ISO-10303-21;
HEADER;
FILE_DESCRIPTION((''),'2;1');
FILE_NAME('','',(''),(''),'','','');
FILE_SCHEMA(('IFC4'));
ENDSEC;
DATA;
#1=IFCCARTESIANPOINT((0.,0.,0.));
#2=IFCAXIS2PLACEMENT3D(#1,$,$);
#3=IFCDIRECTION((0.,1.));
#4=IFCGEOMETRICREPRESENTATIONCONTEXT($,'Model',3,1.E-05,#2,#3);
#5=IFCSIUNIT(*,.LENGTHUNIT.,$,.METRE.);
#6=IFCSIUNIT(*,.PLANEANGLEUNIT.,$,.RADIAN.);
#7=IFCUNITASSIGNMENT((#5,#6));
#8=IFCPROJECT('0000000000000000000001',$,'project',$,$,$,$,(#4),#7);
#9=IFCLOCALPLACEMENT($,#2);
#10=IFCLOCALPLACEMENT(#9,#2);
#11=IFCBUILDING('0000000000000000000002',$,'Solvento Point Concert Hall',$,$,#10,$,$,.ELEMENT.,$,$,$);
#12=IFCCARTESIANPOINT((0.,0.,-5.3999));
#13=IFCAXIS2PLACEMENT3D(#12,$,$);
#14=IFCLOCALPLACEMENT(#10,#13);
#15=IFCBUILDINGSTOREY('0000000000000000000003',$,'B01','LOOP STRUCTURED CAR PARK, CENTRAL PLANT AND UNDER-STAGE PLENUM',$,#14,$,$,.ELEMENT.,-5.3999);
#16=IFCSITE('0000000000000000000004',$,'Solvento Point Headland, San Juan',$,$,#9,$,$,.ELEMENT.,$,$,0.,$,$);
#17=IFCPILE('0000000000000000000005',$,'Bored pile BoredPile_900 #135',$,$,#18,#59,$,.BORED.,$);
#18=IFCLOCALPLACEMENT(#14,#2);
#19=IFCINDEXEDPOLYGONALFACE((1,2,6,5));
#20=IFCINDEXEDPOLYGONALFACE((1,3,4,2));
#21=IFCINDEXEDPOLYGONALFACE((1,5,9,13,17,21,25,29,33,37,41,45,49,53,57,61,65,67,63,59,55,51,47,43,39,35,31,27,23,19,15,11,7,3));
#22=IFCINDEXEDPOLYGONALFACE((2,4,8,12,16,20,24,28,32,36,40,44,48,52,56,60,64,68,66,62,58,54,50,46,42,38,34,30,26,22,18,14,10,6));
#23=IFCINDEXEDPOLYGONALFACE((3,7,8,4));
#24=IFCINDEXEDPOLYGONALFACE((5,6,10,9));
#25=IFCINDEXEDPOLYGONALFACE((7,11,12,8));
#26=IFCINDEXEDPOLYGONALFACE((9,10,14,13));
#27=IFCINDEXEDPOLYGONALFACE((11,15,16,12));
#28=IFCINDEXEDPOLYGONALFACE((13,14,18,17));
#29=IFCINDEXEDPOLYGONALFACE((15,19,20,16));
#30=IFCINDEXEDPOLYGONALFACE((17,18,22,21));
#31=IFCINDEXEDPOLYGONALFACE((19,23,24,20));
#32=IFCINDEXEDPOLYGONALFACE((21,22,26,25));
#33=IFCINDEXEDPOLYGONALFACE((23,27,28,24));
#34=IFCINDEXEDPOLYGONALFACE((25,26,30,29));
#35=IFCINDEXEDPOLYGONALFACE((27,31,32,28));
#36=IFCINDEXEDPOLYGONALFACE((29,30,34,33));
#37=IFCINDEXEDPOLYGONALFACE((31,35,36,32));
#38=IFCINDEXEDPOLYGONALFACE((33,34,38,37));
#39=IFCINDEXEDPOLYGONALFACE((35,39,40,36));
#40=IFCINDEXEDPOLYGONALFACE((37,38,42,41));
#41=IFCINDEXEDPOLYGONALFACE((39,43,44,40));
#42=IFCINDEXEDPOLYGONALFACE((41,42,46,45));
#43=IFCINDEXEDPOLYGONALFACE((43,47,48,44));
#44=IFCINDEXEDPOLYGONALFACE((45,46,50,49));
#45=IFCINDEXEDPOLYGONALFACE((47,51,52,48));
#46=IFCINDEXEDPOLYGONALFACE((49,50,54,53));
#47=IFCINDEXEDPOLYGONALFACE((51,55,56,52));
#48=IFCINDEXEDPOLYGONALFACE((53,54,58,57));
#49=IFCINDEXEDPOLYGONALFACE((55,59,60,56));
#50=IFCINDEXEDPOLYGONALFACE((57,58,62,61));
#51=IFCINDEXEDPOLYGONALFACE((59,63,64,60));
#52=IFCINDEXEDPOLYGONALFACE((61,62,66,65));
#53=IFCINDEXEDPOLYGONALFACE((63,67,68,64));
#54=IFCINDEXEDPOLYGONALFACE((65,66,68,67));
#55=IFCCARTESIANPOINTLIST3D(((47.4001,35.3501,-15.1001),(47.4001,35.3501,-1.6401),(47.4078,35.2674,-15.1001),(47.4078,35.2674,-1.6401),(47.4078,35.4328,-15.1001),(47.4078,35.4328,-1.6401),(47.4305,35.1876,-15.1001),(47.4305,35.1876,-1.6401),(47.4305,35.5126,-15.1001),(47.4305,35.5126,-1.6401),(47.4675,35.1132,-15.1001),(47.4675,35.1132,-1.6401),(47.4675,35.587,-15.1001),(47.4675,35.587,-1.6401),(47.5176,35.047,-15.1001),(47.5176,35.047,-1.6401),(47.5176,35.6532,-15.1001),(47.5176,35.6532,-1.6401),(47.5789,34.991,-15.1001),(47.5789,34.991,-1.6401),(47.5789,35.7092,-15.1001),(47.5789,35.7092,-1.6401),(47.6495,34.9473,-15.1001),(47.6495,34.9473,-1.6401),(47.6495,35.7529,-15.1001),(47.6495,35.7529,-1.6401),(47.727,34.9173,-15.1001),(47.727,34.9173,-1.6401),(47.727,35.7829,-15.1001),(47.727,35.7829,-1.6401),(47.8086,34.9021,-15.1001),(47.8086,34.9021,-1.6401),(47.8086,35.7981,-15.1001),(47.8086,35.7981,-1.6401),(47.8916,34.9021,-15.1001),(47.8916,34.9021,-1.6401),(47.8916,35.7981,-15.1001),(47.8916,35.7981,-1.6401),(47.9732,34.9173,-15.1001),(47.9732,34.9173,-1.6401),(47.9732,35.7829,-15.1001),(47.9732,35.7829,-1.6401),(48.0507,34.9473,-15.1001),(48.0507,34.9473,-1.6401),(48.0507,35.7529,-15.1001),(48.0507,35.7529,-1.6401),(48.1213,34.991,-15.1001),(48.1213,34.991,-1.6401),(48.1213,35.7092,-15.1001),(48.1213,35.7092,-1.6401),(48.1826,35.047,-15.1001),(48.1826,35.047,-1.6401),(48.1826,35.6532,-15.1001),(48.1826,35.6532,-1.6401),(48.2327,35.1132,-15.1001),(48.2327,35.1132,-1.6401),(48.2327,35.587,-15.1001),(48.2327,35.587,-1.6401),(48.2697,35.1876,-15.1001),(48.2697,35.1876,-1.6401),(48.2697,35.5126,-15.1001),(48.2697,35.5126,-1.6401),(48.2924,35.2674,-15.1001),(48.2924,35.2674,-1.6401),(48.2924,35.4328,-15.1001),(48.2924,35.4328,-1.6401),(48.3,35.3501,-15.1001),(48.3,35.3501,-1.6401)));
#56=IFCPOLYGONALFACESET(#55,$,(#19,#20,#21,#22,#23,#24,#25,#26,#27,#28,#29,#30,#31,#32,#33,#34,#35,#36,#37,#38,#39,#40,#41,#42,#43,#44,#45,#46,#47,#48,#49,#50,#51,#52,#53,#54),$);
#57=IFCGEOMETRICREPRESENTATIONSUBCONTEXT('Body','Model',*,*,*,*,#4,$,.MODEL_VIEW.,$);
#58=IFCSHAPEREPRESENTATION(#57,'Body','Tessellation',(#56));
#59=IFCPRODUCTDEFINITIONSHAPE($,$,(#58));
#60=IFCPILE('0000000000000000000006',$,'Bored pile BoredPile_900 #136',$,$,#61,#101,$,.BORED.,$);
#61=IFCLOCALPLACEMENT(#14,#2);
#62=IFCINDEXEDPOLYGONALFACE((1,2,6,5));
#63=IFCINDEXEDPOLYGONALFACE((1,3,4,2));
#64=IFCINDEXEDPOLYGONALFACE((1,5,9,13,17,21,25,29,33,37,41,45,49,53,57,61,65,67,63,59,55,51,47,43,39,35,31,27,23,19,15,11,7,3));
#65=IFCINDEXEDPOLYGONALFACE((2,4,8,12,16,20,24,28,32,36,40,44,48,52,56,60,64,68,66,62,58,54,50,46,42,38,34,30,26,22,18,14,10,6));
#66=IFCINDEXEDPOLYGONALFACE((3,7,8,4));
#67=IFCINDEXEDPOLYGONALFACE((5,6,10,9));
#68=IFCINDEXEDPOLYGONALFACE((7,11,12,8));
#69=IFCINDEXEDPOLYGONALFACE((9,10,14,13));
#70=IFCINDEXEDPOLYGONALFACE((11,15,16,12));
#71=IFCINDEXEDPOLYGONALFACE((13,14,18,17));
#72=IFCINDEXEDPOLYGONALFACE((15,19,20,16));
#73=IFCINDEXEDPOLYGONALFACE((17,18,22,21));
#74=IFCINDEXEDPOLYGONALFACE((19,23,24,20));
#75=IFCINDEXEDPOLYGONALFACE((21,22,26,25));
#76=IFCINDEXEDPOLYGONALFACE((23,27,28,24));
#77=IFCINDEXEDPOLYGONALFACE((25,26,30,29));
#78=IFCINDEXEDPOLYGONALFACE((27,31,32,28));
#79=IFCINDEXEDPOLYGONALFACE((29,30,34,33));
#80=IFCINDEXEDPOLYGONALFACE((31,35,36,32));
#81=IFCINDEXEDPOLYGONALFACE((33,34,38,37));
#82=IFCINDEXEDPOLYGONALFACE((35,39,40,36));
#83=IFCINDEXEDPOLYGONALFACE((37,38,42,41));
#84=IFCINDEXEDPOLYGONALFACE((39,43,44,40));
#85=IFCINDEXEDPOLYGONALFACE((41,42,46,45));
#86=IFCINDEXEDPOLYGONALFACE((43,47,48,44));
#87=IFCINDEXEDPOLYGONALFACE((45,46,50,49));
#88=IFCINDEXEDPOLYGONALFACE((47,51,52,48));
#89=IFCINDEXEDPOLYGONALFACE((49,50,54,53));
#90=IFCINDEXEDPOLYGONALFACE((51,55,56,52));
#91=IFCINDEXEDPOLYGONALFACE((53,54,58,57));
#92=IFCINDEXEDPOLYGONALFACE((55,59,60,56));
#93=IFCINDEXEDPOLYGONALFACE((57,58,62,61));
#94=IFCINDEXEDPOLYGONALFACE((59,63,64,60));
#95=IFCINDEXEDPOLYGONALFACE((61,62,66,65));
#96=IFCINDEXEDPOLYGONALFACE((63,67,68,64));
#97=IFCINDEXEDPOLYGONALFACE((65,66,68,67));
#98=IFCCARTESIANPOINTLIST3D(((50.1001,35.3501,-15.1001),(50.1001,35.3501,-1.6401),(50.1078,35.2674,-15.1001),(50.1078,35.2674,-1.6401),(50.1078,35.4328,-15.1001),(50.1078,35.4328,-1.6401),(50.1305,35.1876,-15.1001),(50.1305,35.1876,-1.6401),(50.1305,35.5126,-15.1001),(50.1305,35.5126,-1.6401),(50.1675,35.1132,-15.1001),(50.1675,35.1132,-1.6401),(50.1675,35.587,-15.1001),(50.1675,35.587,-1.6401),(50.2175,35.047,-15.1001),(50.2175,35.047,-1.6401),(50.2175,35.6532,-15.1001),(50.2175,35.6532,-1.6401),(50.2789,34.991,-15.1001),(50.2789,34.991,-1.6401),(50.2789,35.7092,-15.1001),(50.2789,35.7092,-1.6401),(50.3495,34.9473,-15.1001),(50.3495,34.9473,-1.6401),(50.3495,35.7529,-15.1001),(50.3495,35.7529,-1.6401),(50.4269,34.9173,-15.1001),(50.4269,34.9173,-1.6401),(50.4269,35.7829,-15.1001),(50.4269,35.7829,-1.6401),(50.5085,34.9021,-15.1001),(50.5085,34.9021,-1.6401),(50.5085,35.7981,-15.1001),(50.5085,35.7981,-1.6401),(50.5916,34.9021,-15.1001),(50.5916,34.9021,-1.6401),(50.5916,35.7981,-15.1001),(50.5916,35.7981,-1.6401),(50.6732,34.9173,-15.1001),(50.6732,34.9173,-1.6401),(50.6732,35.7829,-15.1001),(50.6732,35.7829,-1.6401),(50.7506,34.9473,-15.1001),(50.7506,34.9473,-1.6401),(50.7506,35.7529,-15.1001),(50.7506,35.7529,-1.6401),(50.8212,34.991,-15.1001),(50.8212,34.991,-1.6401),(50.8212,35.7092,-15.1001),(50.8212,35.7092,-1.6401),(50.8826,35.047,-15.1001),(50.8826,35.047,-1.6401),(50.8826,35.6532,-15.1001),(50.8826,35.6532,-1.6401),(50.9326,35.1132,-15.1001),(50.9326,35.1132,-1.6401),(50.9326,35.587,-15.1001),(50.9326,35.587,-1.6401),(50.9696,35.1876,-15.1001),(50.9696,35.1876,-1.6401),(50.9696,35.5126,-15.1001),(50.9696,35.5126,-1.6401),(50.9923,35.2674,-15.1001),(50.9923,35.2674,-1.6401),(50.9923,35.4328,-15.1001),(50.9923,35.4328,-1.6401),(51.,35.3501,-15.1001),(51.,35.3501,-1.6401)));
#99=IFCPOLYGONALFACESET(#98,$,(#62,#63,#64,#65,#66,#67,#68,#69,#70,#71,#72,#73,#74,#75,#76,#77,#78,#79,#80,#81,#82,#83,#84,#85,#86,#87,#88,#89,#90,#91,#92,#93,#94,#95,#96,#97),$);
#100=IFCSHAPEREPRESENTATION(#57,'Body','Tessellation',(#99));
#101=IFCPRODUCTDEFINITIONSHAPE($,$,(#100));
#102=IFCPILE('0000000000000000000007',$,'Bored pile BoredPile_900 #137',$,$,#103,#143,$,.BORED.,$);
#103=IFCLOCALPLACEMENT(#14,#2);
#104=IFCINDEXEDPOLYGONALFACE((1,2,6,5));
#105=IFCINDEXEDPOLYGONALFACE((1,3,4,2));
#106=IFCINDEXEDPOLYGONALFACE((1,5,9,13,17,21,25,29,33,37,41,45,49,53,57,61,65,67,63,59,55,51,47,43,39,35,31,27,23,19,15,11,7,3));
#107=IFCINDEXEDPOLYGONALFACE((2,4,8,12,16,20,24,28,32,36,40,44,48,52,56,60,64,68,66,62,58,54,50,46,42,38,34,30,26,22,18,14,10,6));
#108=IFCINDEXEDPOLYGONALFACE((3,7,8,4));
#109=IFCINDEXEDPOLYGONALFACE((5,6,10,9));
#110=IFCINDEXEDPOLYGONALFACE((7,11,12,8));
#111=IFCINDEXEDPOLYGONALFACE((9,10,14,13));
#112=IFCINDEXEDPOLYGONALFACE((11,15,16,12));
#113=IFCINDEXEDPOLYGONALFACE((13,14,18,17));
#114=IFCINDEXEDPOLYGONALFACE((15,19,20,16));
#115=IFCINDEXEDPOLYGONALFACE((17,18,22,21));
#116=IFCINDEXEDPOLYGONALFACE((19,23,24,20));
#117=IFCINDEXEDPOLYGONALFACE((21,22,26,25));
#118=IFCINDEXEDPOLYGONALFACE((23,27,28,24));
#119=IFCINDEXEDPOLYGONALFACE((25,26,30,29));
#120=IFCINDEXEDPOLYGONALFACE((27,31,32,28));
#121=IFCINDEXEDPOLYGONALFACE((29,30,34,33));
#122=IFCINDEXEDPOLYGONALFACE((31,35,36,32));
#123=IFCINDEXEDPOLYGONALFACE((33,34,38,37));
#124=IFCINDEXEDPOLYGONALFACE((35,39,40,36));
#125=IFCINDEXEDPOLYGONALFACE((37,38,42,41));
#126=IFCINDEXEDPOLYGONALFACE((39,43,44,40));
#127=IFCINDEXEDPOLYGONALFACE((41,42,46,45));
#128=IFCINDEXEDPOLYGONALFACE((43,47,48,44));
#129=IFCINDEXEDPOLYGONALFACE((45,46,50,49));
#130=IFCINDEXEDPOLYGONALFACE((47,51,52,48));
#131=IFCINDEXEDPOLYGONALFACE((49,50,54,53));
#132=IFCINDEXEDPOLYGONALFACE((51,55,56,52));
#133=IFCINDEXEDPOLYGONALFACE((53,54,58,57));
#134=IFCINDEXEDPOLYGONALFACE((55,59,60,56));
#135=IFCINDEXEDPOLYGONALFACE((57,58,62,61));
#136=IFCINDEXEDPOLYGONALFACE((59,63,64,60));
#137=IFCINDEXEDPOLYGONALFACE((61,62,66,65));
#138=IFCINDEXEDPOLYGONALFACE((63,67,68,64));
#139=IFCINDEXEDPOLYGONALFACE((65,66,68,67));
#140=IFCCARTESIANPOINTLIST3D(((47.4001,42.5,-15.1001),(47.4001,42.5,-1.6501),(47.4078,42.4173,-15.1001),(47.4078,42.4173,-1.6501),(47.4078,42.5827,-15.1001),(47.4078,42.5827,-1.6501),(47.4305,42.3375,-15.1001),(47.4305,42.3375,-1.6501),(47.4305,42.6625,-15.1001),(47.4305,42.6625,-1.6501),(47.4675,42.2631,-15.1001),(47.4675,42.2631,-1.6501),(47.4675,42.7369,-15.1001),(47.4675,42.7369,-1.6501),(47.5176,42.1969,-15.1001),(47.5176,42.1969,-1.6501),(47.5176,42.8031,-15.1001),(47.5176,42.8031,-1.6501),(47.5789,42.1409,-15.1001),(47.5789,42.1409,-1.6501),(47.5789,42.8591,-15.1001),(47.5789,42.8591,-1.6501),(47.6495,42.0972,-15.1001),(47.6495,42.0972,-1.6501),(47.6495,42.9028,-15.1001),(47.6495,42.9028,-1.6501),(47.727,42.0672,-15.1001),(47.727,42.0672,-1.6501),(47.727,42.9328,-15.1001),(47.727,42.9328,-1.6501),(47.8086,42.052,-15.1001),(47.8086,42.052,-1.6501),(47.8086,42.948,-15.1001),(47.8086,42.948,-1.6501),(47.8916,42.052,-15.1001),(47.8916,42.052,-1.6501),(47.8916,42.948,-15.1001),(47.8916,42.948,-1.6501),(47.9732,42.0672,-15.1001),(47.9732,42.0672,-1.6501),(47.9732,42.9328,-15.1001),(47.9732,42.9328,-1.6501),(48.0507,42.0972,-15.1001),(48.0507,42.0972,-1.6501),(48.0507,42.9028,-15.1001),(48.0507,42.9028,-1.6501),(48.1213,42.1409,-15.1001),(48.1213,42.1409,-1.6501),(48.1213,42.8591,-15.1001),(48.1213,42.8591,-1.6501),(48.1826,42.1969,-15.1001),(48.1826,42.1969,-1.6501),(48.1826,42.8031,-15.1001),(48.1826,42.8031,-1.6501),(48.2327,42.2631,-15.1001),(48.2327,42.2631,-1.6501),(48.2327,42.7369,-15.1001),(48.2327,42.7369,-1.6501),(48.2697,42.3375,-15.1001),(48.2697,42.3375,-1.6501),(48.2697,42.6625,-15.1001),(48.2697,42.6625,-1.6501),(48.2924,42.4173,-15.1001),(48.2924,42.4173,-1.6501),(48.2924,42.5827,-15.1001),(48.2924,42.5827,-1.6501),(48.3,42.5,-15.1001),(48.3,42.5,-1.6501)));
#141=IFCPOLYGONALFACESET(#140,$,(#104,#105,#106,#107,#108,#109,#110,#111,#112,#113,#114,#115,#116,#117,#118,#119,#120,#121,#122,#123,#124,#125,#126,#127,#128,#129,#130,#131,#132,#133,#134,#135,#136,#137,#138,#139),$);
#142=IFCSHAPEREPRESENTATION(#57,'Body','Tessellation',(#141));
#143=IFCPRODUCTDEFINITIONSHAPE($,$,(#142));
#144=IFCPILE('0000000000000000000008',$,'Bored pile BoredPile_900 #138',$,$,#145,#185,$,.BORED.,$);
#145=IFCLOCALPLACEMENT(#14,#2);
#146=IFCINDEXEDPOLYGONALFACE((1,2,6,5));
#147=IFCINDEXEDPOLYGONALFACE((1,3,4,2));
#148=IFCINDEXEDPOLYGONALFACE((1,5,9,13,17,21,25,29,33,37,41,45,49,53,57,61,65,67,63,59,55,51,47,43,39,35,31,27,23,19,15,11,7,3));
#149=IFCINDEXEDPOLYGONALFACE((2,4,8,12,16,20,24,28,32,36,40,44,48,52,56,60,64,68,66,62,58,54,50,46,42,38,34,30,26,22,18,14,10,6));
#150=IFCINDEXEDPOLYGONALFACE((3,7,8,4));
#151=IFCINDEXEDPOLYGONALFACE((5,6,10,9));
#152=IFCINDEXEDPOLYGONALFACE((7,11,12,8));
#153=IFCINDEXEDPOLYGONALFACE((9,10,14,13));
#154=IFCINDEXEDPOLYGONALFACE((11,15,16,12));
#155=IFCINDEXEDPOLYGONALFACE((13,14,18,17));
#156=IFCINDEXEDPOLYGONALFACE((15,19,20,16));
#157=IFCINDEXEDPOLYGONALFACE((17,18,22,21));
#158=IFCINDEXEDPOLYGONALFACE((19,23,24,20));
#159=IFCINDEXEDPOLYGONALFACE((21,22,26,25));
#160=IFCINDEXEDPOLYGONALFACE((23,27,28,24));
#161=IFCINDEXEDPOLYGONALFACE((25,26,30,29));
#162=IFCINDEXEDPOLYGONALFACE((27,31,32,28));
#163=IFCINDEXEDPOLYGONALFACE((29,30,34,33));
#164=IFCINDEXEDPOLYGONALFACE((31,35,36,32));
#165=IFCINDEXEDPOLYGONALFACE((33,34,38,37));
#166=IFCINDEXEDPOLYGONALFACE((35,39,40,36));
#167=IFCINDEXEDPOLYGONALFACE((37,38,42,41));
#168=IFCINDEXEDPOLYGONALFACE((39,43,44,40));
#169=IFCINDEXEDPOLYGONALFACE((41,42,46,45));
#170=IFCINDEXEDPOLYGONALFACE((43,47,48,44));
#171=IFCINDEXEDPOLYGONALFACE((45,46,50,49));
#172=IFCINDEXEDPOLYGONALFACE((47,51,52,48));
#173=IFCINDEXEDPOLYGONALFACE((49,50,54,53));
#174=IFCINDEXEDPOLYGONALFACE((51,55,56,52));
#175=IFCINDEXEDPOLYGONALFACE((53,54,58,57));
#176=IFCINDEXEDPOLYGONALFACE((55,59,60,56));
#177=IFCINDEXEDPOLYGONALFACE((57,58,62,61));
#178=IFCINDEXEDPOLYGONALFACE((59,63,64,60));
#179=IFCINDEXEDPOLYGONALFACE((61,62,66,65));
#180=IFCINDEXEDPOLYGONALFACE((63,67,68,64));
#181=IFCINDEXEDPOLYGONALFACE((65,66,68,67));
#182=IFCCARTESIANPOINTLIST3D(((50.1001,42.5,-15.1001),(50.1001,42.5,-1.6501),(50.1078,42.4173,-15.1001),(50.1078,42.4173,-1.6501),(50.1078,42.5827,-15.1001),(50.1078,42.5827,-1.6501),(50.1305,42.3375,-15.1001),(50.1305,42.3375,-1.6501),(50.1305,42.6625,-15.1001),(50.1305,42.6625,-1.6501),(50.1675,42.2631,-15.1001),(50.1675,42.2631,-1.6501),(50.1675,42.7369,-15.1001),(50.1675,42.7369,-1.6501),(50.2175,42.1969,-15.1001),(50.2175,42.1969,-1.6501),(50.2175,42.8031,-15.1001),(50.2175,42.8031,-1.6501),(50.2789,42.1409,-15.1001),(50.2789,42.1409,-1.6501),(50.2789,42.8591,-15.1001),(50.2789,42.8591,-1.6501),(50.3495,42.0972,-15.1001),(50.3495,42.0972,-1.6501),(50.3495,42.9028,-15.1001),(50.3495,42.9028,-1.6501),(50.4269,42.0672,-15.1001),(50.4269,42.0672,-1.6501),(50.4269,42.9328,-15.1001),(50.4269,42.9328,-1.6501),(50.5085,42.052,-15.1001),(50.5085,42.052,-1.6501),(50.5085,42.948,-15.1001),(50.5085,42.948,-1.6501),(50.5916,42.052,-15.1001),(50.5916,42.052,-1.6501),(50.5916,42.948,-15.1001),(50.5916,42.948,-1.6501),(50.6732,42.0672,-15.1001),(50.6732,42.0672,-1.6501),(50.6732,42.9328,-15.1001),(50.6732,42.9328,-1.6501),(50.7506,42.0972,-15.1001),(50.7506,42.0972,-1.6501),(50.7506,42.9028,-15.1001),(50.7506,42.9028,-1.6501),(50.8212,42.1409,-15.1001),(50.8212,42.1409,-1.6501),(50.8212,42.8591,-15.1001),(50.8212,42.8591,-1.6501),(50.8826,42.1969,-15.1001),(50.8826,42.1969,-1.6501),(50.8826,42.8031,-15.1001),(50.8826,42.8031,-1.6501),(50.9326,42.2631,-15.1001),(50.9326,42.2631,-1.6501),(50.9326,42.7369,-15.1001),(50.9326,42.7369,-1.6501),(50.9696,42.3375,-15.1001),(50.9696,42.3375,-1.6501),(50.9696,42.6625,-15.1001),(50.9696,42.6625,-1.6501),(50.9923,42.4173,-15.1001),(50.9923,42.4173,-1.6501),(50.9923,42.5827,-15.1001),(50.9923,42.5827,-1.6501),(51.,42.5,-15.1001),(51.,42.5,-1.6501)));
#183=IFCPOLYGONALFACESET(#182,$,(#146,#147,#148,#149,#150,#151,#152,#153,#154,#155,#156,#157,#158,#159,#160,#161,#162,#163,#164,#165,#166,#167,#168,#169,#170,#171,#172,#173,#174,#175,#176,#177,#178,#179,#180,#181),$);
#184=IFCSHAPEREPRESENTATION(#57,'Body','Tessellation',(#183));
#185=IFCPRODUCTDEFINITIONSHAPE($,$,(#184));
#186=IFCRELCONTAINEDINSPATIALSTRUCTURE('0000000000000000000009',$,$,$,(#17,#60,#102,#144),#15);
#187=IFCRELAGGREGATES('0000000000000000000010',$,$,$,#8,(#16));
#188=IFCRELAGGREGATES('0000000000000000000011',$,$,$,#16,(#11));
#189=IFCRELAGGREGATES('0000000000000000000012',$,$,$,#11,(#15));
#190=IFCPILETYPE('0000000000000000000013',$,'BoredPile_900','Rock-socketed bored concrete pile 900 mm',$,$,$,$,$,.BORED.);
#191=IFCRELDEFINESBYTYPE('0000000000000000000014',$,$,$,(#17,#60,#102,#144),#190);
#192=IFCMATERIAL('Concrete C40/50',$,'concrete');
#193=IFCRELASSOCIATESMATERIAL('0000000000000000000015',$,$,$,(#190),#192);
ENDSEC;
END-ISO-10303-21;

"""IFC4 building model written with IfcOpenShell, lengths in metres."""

from ifc_helpers import new_model, si_unit, direction, frame, origin, origin_2d, place, context, subcontext, project, spatial, circle, extrude, material, material_profile, profile_set, type_object, element, save


model = new_model("IFC4")

# Units and contexts
model_context = context("Model", 3, precision=1e-05, world=origin(), true_north=direction((0.0, 1.0)))
body_context = subcontext(model_context, "Body", "Model", "MODEL_VIEW")
ifc_project = project(units=[si_unit("LENGTHUNIT", "METRE"), si_unit("PLANEANGLEUNIT", "RADIAN")], contexts=[model_context])

# Site, building, storey
site_placement = place(None, origin())
site = spatial("IfcSite", under=ifc_project, at=site_placement, Name="Solvento Point Headland, San Juan", CompositionType="ELEMENT", RefElevation=0.0)
building_placement = place(site_placement, origin())
building = spatial("IfcBuilding", under=site, at=building_placement, Name="Solvento Point Concert Hall", CompositionType="ELEMENT")
storey_placement = place(building_placement, frame((0.0, 0.0, -5.3999)))
storey = spatial("IfcBuildingStorey", under=building, at=storey_placement, Name="B01", Description="LOOP STRUCTURED CAR PARK, CENTRAL PLANT AND UNDER-STAGE PLENUM", CompositionType="ELEMENT", Elevation=-5.3999)

# Piles
ifc_material_1 = material(Name="Concrete C40/50", Category="concrete")
ifc_material_profile_1 = material_profile(ifc_material_1, circle(Radius=0.45, at=origin_2d()), Name="BP-900")
ifc_profile_set_1 = profile_set([ifc_material_profile_1], Name="Concrete C40/50")
pile_type_1 = type_object("IfcPileType", Name="BoredPile_900", Description="Rock-socketed bored concrete pile 900 mm", PredefinedType="BORED", material=ifc_profile_set_1)
for number, where, z_axis, x_axis, name in (
    (1, (47.8501, 35.3501, -1.6401), (0.0, 0.0, -1.0), (1.0, 0.0, 0.0), "Bored pile BoredPile_900 #135"),
    (2, (50.55, 35.3501, -1.6401), (0.0, 0.0, -1.0), (1.0, 0.0, 0.0), "Bored pile BoredPile_900 #136"),
):
    element("IfcPile", number, at=place(storey_placement, frame(where, z_axis=z_axis, x_axis=x_axis)), inside=storey, type_object=pile_type_1, Name=name, PredefinedType="BORED", context=body_context, shape_type="SweptSolid", body=[
        extrude(circle(Radius=0.45, at=origin_2d()), origin(), (0.0, 0.0, 1.0), 13.46),
    ])
for number, where, z_axis, x_axis, name in (
    (3, (47.8501, 42.5, -1.6501), (0.0, 0.0, -1.0), (1.0, 0.0, 0.0), "Bored pile BoredPile_900 #137"),
    (4, (50.55, 42.5, -1.6501), (0.0, 0.0, -1.0), (1.0, 0.0, 0.0), "Bored pile BoredPile_900 #138"),
):
    element("IfcPile", number, at=place(storey_placement, frame(where, z_axis=z_axis, x_axis=x_axis)), inside=storey, type_object=pile_type_1, Name=name, PredefinedType="BORED", context=body_context, shape_type="SweptSolid", body=[
        extrude(circle(Radius=0.45, at=origin_2d()), origin(), (0.0, 0.0, 1.0), 13.45),
    ])

save(model, "model.ifc")
